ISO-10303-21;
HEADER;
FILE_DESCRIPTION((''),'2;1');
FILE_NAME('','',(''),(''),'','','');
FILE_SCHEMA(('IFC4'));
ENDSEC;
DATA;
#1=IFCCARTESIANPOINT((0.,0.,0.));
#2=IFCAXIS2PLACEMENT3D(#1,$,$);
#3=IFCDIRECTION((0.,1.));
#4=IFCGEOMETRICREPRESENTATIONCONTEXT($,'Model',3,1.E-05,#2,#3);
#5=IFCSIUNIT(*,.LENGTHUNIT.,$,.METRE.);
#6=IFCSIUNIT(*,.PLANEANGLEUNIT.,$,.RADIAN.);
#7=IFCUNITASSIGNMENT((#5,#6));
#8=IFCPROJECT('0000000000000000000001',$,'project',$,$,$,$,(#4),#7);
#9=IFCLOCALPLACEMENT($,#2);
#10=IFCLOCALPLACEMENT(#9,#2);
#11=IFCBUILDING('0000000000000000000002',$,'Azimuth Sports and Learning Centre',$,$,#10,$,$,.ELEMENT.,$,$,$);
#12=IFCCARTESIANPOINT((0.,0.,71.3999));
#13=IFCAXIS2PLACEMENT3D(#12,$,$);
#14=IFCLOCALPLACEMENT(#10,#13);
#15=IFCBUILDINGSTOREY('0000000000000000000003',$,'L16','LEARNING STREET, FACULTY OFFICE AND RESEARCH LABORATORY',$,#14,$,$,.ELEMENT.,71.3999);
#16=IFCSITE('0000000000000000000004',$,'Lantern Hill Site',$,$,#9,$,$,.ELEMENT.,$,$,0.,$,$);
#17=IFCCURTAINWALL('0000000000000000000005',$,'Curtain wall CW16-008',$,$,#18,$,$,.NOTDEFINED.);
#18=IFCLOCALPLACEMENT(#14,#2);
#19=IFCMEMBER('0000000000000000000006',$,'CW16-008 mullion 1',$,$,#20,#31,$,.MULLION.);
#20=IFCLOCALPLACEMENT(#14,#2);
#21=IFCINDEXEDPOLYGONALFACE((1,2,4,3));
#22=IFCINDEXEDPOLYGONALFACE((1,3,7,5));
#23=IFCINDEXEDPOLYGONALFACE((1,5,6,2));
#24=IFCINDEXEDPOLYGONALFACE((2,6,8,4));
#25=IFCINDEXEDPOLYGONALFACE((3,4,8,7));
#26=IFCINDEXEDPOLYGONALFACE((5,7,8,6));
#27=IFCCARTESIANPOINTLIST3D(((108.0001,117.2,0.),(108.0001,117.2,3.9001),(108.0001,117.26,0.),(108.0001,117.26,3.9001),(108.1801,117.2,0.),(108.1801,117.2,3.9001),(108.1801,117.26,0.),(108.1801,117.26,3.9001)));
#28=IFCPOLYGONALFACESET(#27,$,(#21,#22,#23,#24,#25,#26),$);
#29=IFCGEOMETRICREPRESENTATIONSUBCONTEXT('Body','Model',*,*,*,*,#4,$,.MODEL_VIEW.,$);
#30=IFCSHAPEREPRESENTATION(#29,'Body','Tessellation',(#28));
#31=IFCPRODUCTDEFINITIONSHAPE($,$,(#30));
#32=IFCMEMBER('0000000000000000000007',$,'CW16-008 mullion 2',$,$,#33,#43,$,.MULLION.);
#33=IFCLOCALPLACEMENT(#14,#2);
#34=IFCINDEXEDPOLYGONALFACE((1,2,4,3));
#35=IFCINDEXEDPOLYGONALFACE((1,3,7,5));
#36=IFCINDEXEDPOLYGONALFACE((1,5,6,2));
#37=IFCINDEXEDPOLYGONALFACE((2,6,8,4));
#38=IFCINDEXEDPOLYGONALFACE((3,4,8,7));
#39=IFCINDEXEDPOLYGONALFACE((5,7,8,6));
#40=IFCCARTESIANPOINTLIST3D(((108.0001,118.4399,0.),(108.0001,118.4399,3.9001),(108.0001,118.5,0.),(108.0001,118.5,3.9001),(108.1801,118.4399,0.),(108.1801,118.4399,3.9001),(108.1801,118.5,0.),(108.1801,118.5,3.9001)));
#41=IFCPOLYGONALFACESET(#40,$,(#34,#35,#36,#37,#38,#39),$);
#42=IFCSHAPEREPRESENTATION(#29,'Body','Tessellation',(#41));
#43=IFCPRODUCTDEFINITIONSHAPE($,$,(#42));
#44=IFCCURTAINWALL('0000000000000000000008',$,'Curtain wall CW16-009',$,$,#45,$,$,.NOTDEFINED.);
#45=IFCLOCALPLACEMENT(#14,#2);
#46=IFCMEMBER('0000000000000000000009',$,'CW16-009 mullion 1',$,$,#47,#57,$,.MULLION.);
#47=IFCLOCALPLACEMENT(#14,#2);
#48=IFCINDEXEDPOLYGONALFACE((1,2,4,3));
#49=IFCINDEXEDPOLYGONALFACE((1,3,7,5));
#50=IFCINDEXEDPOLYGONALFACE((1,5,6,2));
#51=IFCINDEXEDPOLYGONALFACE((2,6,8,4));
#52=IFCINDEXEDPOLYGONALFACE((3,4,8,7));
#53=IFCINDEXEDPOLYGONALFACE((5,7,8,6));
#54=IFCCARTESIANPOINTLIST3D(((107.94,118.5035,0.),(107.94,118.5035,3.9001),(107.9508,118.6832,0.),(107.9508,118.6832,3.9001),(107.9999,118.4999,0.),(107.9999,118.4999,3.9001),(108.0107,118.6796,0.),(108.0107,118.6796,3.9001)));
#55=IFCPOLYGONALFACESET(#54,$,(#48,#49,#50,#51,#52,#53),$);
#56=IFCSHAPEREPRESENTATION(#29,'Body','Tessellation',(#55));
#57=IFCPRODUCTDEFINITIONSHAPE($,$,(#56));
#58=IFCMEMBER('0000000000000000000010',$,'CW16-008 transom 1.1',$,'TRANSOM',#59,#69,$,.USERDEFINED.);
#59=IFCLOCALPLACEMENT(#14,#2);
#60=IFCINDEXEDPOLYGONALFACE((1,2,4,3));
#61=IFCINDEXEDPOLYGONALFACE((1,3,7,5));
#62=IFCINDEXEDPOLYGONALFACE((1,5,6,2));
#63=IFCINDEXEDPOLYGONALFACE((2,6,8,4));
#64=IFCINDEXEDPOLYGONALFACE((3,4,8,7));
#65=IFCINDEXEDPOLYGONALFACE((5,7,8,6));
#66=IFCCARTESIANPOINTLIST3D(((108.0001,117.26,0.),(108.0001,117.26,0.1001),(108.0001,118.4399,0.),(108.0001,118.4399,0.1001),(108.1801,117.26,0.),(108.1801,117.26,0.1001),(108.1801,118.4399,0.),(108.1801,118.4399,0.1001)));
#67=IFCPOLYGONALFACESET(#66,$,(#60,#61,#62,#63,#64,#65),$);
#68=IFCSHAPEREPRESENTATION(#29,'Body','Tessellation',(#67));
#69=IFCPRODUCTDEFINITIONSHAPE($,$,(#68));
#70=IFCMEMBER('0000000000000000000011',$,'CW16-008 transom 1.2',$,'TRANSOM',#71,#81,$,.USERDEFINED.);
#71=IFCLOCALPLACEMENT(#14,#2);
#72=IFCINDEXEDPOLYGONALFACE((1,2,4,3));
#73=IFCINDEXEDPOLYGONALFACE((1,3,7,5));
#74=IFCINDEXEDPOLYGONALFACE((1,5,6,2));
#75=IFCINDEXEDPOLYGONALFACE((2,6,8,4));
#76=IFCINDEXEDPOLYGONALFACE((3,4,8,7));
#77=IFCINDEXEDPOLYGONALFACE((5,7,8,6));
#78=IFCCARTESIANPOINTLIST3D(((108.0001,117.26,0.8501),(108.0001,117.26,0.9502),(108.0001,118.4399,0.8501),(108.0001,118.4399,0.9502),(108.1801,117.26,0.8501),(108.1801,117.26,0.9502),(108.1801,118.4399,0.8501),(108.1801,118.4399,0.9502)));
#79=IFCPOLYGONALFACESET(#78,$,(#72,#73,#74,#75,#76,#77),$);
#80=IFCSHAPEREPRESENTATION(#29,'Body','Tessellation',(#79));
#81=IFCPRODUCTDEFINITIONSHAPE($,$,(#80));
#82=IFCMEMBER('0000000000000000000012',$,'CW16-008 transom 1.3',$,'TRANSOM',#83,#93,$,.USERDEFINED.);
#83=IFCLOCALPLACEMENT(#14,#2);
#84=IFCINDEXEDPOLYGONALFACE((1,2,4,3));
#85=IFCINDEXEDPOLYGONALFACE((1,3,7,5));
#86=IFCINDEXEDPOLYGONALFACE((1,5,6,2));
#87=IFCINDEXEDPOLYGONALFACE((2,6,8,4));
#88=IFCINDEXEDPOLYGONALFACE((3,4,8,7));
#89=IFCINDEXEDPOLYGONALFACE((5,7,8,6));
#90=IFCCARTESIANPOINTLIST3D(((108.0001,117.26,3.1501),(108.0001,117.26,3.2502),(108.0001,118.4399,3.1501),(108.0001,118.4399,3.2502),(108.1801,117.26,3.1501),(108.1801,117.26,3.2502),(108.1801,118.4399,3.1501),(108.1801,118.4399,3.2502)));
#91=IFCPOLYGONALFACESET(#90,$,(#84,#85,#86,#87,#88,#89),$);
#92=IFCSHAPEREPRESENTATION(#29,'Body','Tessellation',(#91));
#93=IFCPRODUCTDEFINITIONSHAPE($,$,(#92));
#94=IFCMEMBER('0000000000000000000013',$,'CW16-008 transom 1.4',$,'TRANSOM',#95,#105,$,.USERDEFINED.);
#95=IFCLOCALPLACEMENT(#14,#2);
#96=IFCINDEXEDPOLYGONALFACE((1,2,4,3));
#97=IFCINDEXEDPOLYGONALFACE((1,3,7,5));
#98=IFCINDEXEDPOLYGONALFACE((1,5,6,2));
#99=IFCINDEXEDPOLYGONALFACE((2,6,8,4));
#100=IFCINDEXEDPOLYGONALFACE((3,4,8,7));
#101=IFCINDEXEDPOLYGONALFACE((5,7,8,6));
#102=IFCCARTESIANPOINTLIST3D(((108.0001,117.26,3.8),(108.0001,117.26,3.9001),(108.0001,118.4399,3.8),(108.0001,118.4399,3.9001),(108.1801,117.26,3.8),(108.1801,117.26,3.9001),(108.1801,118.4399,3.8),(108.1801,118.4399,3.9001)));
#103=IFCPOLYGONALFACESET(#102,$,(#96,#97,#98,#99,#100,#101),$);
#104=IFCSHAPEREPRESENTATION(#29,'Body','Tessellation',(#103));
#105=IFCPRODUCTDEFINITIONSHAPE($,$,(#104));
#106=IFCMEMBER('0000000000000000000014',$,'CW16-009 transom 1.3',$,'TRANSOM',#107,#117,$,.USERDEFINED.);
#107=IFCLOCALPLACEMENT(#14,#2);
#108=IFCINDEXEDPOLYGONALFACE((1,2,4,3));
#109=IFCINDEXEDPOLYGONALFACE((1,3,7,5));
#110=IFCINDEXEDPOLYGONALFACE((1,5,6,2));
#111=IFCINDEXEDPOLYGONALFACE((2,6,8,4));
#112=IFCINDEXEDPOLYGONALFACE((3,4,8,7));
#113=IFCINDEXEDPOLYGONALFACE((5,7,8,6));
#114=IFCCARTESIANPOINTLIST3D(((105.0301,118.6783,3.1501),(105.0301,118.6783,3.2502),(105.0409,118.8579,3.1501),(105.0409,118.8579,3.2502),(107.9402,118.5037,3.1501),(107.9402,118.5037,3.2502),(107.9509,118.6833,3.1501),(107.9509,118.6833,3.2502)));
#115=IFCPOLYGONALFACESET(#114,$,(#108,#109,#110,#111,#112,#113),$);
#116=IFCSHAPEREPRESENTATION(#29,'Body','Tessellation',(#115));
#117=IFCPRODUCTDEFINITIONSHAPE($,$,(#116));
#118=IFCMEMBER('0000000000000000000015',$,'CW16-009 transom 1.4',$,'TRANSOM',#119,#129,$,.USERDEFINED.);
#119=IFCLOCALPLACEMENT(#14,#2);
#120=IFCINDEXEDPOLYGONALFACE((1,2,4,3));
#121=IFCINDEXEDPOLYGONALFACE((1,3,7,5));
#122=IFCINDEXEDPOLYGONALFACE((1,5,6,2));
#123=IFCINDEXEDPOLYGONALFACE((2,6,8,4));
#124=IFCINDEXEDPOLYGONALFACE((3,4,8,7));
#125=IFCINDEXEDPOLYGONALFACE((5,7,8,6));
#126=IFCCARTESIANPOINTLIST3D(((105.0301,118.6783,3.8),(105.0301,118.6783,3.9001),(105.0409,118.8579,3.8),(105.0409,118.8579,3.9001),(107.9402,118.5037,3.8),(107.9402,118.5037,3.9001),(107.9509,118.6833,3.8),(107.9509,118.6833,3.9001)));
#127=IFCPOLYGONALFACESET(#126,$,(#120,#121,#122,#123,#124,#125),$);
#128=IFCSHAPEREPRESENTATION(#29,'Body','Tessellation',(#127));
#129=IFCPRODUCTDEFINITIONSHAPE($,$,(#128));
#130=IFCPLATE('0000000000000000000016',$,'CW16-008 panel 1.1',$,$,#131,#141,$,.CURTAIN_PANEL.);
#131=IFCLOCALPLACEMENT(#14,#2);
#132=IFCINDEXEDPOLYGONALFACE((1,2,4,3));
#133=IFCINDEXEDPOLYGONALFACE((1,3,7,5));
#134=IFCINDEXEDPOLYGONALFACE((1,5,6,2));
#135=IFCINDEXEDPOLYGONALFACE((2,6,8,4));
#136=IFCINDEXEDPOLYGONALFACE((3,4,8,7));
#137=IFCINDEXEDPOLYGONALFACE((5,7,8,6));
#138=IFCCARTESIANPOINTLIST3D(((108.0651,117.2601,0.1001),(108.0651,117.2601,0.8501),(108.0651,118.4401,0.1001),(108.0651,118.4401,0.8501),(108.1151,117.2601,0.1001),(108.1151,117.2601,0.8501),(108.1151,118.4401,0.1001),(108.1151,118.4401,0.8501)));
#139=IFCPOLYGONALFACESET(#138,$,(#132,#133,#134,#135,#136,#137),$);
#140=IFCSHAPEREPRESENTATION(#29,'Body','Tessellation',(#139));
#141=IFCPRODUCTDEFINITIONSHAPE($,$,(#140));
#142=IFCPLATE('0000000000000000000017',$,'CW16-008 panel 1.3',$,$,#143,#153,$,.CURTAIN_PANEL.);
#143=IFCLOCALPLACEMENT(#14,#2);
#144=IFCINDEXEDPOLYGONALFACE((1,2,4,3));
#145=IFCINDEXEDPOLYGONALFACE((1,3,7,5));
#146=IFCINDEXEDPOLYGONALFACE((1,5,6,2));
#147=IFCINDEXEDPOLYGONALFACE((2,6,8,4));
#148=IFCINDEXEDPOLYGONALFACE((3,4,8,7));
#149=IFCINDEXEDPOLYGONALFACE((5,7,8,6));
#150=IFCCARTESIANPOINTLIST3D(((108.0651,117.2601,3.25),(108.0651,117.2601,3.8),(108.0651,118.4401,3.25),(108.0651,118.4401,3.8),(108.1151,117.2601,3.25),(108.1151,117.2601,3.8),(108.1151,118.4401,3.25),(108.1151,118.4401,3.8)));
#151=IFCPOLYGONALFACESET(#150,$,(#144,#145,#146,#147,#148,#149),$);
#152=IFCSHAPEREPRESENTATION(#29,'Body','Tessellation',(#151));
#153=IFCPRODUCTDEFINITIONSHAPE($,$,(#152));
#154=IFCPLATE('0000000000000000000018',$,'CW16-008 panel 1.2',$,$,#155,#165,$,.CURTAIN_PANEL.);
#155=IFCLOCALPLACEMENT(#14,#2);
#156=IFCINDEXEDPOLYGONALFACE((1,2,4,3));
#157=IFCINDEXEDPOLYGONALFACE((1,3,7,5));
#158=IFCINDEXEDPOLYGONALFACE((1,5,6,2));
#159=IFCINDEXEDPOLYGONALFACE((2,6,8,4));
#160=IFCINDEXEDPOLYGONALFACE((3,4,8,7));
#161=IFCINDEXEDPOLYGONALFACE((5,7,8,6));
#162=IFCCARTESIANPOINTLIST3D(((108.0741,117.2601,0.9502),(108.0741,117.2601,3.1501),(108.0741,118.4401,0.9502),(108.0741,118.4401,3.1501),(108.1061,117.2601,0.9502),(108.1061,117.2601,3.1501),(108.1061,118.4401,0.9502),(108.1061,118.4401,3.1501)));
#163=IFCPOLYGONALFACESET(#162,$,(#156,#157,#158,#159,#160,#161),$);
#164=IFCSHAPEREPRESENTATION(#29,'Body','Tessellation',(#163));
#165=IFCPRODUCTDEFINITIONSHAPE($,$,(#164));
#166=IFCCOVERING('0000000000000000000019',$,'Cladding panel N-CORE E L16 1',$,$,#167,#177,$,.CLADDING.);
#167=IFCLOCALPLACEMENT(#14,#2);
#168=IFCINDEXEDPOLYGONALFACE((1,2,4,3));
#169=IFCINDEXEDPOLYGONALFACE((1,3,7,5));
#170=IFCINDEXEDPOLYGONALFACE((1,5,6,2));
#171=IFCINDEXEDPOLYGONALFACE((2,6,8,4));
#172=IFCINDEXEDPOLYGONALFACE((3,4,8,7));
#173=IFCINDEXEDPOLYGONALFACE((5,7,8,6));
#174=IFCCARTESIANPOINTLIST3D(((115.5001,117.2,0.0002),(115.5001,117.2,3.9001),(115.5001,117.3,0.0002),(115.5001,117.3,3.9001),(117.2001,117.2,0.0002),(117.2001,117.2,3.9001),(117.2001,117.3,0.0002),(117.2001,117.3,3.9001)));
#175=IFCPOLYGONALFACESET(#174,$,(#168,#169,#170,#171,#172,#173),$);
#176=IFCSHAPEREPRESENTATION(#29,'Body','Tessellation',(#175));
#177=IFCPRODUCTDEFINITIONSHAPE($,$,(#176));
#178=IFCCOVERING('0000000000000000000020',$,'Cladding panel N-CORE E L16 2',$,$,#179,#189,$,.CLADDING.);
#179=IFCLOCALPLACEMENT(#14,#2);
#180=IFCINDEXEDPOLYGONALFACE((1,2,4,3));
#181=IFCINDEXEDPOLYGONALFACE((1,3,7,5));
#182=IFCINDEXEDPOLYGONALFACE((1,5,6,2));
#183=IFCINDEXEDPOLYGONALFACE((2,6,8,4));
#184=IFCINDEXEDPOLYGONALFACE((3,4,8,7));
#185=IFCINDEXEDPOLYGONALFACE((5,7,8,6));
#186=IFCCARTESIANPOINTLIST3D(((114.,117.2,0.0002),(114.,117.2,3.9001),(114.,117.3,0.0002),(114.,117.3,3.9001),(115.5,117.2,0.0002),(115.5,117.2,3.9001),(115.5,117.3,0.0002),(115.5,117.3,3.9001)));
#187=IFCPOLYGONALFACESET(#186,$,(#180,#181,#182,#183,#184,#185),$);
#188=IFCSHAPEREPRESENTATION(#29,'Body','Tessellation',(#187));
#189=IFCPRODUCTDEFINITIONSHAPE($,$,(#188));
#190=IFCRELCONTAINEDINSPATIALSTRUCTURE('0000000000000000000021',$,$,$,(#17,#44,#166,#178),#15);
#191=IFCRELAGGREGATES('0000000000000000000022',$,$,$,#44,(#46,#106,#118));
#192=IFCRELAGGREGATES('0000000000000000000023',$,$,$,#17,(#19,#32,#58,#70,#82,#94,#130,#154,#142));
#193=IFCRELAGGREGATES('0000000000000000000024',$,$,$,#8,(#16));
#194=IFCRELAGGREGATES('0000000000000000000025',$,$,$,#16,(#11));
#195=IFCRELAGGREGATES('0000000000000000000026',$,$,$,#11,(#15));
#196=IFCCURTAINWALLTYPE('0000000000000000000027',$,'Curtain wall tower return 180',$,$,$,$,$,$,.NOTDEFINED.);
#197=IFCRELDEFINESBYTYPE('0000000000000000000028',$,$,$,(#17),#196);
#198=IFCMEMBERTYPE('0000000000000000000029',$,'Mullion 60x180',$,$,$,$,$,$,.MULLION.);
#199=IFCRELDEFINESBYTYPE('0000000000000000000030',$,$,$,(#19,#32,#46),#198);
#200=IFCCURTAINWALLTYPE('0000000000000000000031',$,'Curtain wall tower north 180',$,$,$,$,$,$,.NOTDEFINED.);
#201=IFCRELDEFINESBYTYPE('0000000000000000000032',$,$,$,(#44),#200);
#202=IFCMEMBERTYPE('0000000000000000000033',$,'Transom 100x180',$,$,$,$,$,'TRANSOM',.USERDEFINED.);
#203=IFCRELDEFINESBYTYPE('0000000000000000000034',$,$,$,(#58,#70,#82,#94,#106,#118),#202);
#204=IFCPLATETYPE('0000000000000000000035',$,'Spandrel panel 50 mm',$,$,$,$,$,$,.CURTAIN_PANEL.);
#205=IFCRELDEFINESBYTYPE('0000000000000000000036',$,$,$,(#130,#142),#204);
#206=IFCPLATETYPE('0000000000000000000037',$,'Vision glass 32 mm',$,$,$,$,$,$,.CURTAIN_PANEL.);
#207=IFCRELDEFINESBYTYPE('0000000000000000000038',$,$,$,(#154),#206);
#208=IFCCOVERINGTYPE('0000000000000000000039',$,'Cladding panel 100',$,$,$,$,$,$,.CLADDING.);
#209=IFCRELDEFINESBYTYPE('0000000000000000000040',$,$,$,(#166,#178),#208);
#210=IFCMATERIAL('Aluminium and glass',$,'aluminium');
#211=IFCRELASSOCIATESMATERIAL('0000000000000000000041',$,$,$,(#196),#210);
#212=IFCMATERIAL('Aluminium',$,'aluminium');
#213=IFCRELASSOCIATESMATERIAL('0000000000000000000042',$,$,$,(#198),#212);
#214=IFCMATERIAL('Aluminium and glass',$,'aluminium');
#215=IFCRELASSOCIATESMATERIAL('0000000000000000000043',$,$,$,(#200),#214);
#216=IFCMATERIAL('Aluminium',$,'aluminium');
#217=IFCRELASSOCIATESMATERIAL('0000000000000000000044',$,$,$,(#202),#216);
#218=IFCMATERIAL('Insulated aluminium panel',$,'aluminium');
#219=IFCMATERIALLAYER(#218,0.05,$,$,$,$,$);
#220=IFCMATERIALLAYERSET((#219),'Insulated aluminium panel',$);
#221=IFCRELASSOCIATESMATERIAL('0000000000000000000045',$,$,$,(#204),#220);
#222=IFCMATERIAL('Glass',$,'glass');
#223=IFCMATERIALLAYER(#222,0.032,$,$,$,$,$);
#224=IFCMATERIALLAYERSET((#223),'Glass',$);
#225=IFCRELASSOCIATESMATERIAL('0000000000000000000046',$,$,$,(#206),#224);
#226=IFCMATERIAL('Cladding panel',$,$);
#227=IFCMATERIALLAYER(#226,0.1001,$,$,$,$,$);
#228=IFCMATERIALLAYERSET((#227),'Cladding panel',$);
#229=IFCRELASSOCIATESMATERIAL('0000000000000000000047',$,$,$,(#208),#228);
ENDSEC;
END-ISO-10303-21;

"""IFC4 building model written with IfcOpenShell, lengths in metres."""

from ifc_helpers import new_model, si_unit, direction, frame, origin, origin_2d, place, context, subcontext, project, spatial, rectangle, extrude, material, layer, layer_set, material_profile, profile_set, type_object, element, aggregate, save


model = new_model("IFC4")

# Units and contexts
model_context = context("Model", 3, precision=1e-05, world=origin(), true_north=direction((0.0, 1.0)))
body_context = subcontext(model_context, "Body", "Model", "MODEL_VIEW")
ifc_project = project(units=[si_unit("LENGTHUNIT", "METRE"), si_unit("PLANEANGLEUNIT", "RADIAN")], contexts=[model_context])

# Site, building, storey
site_placement = place(None, origin())
site = spatial("IfcSite", under=ifc_project, at=site_placement, Name="Lantern Hill Site", CompositionType="ELEMENT", RefElevation=0.0)
building_placement = place(site_placement, origin())
building = spatial("IfcBuilding", under=site, at=building_placement, Name="Azimuth Sports and Learning Centre", CompositionType="ELEMENT")
storey_placement = place(building_placement, frame((0.0, 0.0, 71.3999)))
storey = spatial("IfcBuildingStorey", under=building, at=storey_placement, Name="L16", Description="LEARNING STREET, FACULTY OFFICE AND RESEARCH LABORATORY", CompositionType="ELEMENT", Elevation=71.3999)

# Curtain wall, members
ifc_material_1 = material(Name="Aluminium and glass", Category="aluminium")
curtain_wall_type_1 = type_object("IfcCurtainWallType", Name="Curtain wall tower return 180", PredefinedType="NOTDEFINED", material=ifc_material_1)
curtain_wall_1_placement = place(storey_placement, origin())
curtain_wall_1 = element("IfcCurtainWall", 1, at=curtain_wall_1_placement, inside=storey, type_object=curtain_wall_type_1, Name="Curtain wall CW16-008", PredefinedType="NOTDEFINED")
ifc_material_2 = material(Name="Aluminium", Category="aluminium")
ifc_material_profile_1 = material_profile(ifc_material_2, rectangle(XDim=0.1799, YDim=0.0601, at=origin_2d()), Name="Mullion 60x180")
ifc_profile_set_1 = profile_set([ifc_material_profile_1], Name="Aluminium")
member_type_1 = type_object("IfcMemberType", Name="Mullion 60x180", PredefinedType="MULLION", material=ifc_profile_set_1)
member_1_placement = place(storey_placement, frame((108.0901, 117.23, 0.0), z_axis=(0.0, 0.0, 1.0), x_axis=(-1.0, 0.0, 0.0)))
member_1 = element("IfcMember", 2, at=member_1_placement, type_object=member_type_1, Name="CW16-008 mullion 1", PredefinedType="MULLION", context=body_context, shape_type="SweptSolid", body=[
    extrude(rectangle(XDim=0.1799, YDim=0.0601, at=origin_2d()), origin(), (0.0, 0.0, 1.0), 3.9001),
])
member_2_placement = place(storey_placement, frame((108.0901, 118.47, 0.0), z_axis=(0.0, 0.0, 1.0), x_axis=(-1.0, 0.0, 0.0)))
member_2 = element("IfcMember", 3, at=member_2_placement, type_object=member_type_1, Name="CW16-008 mullion 2", PredefinedType="MULLION", context=body_context, shape_type="SweptSolid", body=[
    extrude(rectangle(XDim=0.1799, YDim=0.0601, at=origin_2d()), origin(), (0.0, 0.0, 1.0), 3.9001),
])

# Curtain wall, member
ifc_material_3 = material(Name="Aluminium and glass", Category="aluminium")
curtain_wall_type_2 = type_object("IfcCurtainWallType", Name="Curtain wall tower north 180", PredefinedType="NOTDEFINED", material=ifc_material_3)
curtain_wall_2_placement = place(storey_placement, origin())
curtain_wall_2 = element("IfcCurtainWall", 4, at=curtain_wall_2_placement, inside=storey, type_object=curtain_wall_type_2, Name="Curtain wall CW16-009", PredefinedType="NOTDEFINED")
member_3_placement = place(storey_placement, frame((107.9753, 118.5916, 0.0), z_axis=(0.0, 0.0, 1.0), x_axis=(-0.059892, -0.998205, 0.0)))
member_3 = element("IfcMember", 5, at=member_3_placement, type_object=member_type_1, Name="CW16-009 mullion 1", PredefinedType="MULLION", context=body_context, shape_type="SweptSolid", body=[
    extrude(rectangle(XDim=0.1799, YDim=0.0601, at=origin_2d()), origin(), (0.0, 0.0, 1.0), 3.9001),
])

# Members
ifc_material_4 = material(Name="Aluminium", Category="aluminium")
ifc_material_profile_2 = material_profile(ifc_material_4, rectangle(XDim=0.1799, YDim=0.1001, at=origin_2d()), Name="Transom 100x180")
ifc_profile_set_2 = profile_set([ifc_material_profile_2], Name="Aluminium")
member_type_2 = type_object("IfcMemberType", Name="Transom 100x180", ElementType="TRANSOM", PredefinedType="USERDEFINED", material=ifc_profile_set_2)
member_4_placement = place(storey_placement, frame((108.0901, 117.26, 0.05), z_axis=(0.0, 1.0, 0.0), x_axis=(-1.0, 0.0, 0.0)))
member_4 = element("IfcMember", 6, at=member_4_placement, type_object=member_type_2, Name="CW16-008 transom 1.1", ObjectType="TRANSOM", PredefinedType="USERDEFINED", context=body_context, shape_type="SweptSolid", body=[
    extrude(rectangle(XDim=0.1799, YDim=0.1001, at=origin_2d()), origin(), (0.0, 0.0, 1.0), 1.1799),
])
member_5_placement = place(storey_placement, frame((108.0901, 117.26, 0.9001), z_axis=(0.0, 1.0, 0.0), x_axis=(-1.0, 0.0, 0.0)))
member_5 = element("IfcMember", 7, at=member_5_placement, type_object=member_type_2, Name="CW16-008 transom 1.2", ObjectType="TRANSOM", PredefinedType="USERDEFINED", context=body_context, shape_type="SweptSolid", body=[
    extrude(rectangle(XDim=0.1799, YDim=0.1001, at=origin_2d()), origin(), (0.0, 0.0, 1.0), 1.1799),
])
member_6_placement = place(storey_placement, frame((108.0901, 117.26, 3.2002), z_axis=(0.0, 1.0, 0.0), x_axis=(-1.0, 0.0, 0.0)))
member_6 = element("IfcMember", 8, at=member_6_placement, type_object=member_type_2, Name="CW16-008 transom 1.3", ObjectType="TRANSOM", PredefinedType="USERDEFINED", context=body_context, shape_type="SweptSolid", body=[
    extrude(rectangle(XDim=0.1799, YDim=0.1001, at=origin_2d()), origin(), (0.0, 0.0, 1.0), 1.1799),
])
member_7_placement = place(storey_placement, frame((108.0901, 117.26, 3.8501), z_axis=(0.0, 1.0, 0.0), x_axis=(-1.0, 0.0, 0.0)))
member_7 = element("IfcMember", 9, at=member_7_placement, type_object=member_type_2, Name="CW16-008 transom 1.4", ObjectType="TRANSOM", PredefinedType="USERDEFINED", context=body_context, shape_type="SweptSolid", body=[
    extrude(rectangle(XDim=0.1799, YDim=0.1001, at=origin_2d()), origin(), (0.0, 0.0, 1.0), 1.1799),
])
member_8_placement = place(storey_placement, frame((107.9456, 118.5935, 3.2002), z_axis=(-0.998206, 0.059876, 0.0), x_axis=(-0.059876, -0.998206, 0.0)))
member_8 = element("IfcMember", 10, at=member_8_placement, type_object=member_type_2, Name="CW16-009 transom 1.3", ObjectType="TRANSOM", PredefinedType="USERDEFINED", context=body_context, shape_type="SweptSolid", body=[
    extrude(rectangle(XDim=0.1799, YDim=0.1001, at=origin_2d()), origin(), (0.0, 0.0, 1.0), 2.9153),
])
member_9_placement = place(storey_placement, frame((107.9456, 118.5935, 3.8501), z_axis=(-0.998206, 0.059876, 0.0), x_axis=(-0.059876, -0.998206, 0.0)))
member_9 = element("IfcMember", 11, at=member_9_placement, type_object=member_type_2, Name="CW16-009 transom 1.4", ObjectType="TRANSOM", PredefinedType="USERDEFINED", context=body_context, shape_type="SweptSolid", body=[
    extrude(rectangle(XDim=0.1799, YDim=0.1001, at=origin_2d()), origin(), (0.0, 0.0, 1.0), 2.9153),
])
aggregate(curtain_wall_2, [member_3, member_8, member_9])

# Plates
ifc_material_5 = material(Name="Insulated aluminium panel", Category="aluminium")
ifc_layer_1 = layer(ifc_material_5, 0.05)
ifc_layer_set_1 = layer_set([ifc_layer_1], Name="Insulated aluminium panel")
plate_type_1 = type_object("IfcPlateType", Name="Spandrel panel 50 mm", PredefinedType="CURTAIN_PANEL", material=ifc_layer_set_1)
plate_1_placement = place(storey_placement, frame((108.0901, 117.8501, 0.1001), z_axis=(0.0, 0.0, 1.0), x_axis=(0.0, 1.0, 0.0)))
plate_1 = element("IfcPlate", 12, at=plate_1_placement, type_object=plate_type_1, Name="CW16-008 panel 1.1", PredefinedType="CURTAIN_PANEL", context=body_context, shape_type="SweptSolid", body=[
    extrude(rectangle(XDim=1.1799, YDim=0.05, at=origin_2d()), origin(), (0.0, 0.0, 1.0), 0.75),
])
plate_2_placement = place(storey_placement, frame((108.0901, 117.8501, 3.25), z_axis=(0.0, 0.0, 1.0), x_axis=(0.0, 1.0, 0.0)))
plate_2 = element("IfcPlate", 13, at=plate_2_placement, type_object=plate_type_1, Name="CW16-008 panel 1.3", PredefinedType="CURTAIN_PANEL", context=body_context, shape_type="SweptSolid", body=[
    extrude(rectangle(XDim=1.1799, YDim=0.05, at=origin_2d()), origin(), (0.0, 0.0, 1.0), 0.55),
])
ifc_material_6 = material(Name="Glass", Category="glass")
ifc_layer_2 = layer(ifc_material_6, 0.032)
ifc_layer_set_2 = layer_set([ifc_layer_2], Name="Glass")
plate_type_2 = type_object("IfcPlateType", Name="Vision glass 32 mm", PredefinedType="CURTAIN_PANEL", material=ifc_layer_set_2)
plate_3_placement = place(storey_placement, frame((108.0901, 117.8501, 0.9502), z_axis=(0.0, 0.0, 1.0), x_axis=(0.0, 1.0, 0.0)))
plate_3 = element("IfcPlate", 14, at=plate_3_placement, type_object=plate_type_2, Name="CW16-008 panel 1.2", PredefinedType="CURTAIN_PANEL", context=body_context, shape_type="SweptSolid", body=[
    extrude(rectangle(XDim=1.1799, YDim=0.032, at=origin_2d()), origin(), (0.0, 0.0, 1.0), 2.2),
])
aggregate(curtain_wall_1, [member_1, member_2, member_4, member_5, member_6, member_7, plate_1, plate_3, plate_2])

# Coverings
ifc_material_7 = material(Name="Cladding panel")
ifc_layer_3 = layer(ifc_material_7, 0.1001)
ifc_layer_set_3 = layer_set([ifc_layer_3], Name="Cladding panel")
covering_type = type_object("IfcCoveringType", Name="Cladding panel 100", PredefinedType="CLADDING", material=ifc_layer_set_3)
covering_1_placement = place(storey_placement, frame((116.3501, 117.25, 0.0002), z_axis=(0.0, 0.0, 1.0), x_axis=(-1.0, 0.0, 0.0)))
element("IfcCovering", 15, at=covering_1_placement, inside=storey, type_object=covering_type, Name="Cladding panel N-CORE E L16 1", PredefinedType="CLADDING", context=body_context, shape_type="SweptSolid", body=[
    extrude(rectangle(XDim=1.7, YDim=0.1001, at=origin_2d()), origin(), (0.0, 0.0, 1.0), 3.8999),
])
covering_2_placement = place(storey_placement, frame((114.75, 117.25, 0.0002), z_axis=(0.0, 0.0, 1.0), x_axis=(-1.0, 0.0, 0.0)))
element("IfcCovering", 16, at=covering_2_placement, inside=storey, type_object=covering_type, Name="Cladding panel N-CORE E L16 2", PredefinedType="CLADDING", context=body_context, shape_type="SweptSolid", body=[
    extrude(rectangle(XDim=1.5, YDim=0.1001, at=origin_2d()), origin(), (0.0, 0.0, 1.0), 3.8999),
])

save(model, "model.ifc")
